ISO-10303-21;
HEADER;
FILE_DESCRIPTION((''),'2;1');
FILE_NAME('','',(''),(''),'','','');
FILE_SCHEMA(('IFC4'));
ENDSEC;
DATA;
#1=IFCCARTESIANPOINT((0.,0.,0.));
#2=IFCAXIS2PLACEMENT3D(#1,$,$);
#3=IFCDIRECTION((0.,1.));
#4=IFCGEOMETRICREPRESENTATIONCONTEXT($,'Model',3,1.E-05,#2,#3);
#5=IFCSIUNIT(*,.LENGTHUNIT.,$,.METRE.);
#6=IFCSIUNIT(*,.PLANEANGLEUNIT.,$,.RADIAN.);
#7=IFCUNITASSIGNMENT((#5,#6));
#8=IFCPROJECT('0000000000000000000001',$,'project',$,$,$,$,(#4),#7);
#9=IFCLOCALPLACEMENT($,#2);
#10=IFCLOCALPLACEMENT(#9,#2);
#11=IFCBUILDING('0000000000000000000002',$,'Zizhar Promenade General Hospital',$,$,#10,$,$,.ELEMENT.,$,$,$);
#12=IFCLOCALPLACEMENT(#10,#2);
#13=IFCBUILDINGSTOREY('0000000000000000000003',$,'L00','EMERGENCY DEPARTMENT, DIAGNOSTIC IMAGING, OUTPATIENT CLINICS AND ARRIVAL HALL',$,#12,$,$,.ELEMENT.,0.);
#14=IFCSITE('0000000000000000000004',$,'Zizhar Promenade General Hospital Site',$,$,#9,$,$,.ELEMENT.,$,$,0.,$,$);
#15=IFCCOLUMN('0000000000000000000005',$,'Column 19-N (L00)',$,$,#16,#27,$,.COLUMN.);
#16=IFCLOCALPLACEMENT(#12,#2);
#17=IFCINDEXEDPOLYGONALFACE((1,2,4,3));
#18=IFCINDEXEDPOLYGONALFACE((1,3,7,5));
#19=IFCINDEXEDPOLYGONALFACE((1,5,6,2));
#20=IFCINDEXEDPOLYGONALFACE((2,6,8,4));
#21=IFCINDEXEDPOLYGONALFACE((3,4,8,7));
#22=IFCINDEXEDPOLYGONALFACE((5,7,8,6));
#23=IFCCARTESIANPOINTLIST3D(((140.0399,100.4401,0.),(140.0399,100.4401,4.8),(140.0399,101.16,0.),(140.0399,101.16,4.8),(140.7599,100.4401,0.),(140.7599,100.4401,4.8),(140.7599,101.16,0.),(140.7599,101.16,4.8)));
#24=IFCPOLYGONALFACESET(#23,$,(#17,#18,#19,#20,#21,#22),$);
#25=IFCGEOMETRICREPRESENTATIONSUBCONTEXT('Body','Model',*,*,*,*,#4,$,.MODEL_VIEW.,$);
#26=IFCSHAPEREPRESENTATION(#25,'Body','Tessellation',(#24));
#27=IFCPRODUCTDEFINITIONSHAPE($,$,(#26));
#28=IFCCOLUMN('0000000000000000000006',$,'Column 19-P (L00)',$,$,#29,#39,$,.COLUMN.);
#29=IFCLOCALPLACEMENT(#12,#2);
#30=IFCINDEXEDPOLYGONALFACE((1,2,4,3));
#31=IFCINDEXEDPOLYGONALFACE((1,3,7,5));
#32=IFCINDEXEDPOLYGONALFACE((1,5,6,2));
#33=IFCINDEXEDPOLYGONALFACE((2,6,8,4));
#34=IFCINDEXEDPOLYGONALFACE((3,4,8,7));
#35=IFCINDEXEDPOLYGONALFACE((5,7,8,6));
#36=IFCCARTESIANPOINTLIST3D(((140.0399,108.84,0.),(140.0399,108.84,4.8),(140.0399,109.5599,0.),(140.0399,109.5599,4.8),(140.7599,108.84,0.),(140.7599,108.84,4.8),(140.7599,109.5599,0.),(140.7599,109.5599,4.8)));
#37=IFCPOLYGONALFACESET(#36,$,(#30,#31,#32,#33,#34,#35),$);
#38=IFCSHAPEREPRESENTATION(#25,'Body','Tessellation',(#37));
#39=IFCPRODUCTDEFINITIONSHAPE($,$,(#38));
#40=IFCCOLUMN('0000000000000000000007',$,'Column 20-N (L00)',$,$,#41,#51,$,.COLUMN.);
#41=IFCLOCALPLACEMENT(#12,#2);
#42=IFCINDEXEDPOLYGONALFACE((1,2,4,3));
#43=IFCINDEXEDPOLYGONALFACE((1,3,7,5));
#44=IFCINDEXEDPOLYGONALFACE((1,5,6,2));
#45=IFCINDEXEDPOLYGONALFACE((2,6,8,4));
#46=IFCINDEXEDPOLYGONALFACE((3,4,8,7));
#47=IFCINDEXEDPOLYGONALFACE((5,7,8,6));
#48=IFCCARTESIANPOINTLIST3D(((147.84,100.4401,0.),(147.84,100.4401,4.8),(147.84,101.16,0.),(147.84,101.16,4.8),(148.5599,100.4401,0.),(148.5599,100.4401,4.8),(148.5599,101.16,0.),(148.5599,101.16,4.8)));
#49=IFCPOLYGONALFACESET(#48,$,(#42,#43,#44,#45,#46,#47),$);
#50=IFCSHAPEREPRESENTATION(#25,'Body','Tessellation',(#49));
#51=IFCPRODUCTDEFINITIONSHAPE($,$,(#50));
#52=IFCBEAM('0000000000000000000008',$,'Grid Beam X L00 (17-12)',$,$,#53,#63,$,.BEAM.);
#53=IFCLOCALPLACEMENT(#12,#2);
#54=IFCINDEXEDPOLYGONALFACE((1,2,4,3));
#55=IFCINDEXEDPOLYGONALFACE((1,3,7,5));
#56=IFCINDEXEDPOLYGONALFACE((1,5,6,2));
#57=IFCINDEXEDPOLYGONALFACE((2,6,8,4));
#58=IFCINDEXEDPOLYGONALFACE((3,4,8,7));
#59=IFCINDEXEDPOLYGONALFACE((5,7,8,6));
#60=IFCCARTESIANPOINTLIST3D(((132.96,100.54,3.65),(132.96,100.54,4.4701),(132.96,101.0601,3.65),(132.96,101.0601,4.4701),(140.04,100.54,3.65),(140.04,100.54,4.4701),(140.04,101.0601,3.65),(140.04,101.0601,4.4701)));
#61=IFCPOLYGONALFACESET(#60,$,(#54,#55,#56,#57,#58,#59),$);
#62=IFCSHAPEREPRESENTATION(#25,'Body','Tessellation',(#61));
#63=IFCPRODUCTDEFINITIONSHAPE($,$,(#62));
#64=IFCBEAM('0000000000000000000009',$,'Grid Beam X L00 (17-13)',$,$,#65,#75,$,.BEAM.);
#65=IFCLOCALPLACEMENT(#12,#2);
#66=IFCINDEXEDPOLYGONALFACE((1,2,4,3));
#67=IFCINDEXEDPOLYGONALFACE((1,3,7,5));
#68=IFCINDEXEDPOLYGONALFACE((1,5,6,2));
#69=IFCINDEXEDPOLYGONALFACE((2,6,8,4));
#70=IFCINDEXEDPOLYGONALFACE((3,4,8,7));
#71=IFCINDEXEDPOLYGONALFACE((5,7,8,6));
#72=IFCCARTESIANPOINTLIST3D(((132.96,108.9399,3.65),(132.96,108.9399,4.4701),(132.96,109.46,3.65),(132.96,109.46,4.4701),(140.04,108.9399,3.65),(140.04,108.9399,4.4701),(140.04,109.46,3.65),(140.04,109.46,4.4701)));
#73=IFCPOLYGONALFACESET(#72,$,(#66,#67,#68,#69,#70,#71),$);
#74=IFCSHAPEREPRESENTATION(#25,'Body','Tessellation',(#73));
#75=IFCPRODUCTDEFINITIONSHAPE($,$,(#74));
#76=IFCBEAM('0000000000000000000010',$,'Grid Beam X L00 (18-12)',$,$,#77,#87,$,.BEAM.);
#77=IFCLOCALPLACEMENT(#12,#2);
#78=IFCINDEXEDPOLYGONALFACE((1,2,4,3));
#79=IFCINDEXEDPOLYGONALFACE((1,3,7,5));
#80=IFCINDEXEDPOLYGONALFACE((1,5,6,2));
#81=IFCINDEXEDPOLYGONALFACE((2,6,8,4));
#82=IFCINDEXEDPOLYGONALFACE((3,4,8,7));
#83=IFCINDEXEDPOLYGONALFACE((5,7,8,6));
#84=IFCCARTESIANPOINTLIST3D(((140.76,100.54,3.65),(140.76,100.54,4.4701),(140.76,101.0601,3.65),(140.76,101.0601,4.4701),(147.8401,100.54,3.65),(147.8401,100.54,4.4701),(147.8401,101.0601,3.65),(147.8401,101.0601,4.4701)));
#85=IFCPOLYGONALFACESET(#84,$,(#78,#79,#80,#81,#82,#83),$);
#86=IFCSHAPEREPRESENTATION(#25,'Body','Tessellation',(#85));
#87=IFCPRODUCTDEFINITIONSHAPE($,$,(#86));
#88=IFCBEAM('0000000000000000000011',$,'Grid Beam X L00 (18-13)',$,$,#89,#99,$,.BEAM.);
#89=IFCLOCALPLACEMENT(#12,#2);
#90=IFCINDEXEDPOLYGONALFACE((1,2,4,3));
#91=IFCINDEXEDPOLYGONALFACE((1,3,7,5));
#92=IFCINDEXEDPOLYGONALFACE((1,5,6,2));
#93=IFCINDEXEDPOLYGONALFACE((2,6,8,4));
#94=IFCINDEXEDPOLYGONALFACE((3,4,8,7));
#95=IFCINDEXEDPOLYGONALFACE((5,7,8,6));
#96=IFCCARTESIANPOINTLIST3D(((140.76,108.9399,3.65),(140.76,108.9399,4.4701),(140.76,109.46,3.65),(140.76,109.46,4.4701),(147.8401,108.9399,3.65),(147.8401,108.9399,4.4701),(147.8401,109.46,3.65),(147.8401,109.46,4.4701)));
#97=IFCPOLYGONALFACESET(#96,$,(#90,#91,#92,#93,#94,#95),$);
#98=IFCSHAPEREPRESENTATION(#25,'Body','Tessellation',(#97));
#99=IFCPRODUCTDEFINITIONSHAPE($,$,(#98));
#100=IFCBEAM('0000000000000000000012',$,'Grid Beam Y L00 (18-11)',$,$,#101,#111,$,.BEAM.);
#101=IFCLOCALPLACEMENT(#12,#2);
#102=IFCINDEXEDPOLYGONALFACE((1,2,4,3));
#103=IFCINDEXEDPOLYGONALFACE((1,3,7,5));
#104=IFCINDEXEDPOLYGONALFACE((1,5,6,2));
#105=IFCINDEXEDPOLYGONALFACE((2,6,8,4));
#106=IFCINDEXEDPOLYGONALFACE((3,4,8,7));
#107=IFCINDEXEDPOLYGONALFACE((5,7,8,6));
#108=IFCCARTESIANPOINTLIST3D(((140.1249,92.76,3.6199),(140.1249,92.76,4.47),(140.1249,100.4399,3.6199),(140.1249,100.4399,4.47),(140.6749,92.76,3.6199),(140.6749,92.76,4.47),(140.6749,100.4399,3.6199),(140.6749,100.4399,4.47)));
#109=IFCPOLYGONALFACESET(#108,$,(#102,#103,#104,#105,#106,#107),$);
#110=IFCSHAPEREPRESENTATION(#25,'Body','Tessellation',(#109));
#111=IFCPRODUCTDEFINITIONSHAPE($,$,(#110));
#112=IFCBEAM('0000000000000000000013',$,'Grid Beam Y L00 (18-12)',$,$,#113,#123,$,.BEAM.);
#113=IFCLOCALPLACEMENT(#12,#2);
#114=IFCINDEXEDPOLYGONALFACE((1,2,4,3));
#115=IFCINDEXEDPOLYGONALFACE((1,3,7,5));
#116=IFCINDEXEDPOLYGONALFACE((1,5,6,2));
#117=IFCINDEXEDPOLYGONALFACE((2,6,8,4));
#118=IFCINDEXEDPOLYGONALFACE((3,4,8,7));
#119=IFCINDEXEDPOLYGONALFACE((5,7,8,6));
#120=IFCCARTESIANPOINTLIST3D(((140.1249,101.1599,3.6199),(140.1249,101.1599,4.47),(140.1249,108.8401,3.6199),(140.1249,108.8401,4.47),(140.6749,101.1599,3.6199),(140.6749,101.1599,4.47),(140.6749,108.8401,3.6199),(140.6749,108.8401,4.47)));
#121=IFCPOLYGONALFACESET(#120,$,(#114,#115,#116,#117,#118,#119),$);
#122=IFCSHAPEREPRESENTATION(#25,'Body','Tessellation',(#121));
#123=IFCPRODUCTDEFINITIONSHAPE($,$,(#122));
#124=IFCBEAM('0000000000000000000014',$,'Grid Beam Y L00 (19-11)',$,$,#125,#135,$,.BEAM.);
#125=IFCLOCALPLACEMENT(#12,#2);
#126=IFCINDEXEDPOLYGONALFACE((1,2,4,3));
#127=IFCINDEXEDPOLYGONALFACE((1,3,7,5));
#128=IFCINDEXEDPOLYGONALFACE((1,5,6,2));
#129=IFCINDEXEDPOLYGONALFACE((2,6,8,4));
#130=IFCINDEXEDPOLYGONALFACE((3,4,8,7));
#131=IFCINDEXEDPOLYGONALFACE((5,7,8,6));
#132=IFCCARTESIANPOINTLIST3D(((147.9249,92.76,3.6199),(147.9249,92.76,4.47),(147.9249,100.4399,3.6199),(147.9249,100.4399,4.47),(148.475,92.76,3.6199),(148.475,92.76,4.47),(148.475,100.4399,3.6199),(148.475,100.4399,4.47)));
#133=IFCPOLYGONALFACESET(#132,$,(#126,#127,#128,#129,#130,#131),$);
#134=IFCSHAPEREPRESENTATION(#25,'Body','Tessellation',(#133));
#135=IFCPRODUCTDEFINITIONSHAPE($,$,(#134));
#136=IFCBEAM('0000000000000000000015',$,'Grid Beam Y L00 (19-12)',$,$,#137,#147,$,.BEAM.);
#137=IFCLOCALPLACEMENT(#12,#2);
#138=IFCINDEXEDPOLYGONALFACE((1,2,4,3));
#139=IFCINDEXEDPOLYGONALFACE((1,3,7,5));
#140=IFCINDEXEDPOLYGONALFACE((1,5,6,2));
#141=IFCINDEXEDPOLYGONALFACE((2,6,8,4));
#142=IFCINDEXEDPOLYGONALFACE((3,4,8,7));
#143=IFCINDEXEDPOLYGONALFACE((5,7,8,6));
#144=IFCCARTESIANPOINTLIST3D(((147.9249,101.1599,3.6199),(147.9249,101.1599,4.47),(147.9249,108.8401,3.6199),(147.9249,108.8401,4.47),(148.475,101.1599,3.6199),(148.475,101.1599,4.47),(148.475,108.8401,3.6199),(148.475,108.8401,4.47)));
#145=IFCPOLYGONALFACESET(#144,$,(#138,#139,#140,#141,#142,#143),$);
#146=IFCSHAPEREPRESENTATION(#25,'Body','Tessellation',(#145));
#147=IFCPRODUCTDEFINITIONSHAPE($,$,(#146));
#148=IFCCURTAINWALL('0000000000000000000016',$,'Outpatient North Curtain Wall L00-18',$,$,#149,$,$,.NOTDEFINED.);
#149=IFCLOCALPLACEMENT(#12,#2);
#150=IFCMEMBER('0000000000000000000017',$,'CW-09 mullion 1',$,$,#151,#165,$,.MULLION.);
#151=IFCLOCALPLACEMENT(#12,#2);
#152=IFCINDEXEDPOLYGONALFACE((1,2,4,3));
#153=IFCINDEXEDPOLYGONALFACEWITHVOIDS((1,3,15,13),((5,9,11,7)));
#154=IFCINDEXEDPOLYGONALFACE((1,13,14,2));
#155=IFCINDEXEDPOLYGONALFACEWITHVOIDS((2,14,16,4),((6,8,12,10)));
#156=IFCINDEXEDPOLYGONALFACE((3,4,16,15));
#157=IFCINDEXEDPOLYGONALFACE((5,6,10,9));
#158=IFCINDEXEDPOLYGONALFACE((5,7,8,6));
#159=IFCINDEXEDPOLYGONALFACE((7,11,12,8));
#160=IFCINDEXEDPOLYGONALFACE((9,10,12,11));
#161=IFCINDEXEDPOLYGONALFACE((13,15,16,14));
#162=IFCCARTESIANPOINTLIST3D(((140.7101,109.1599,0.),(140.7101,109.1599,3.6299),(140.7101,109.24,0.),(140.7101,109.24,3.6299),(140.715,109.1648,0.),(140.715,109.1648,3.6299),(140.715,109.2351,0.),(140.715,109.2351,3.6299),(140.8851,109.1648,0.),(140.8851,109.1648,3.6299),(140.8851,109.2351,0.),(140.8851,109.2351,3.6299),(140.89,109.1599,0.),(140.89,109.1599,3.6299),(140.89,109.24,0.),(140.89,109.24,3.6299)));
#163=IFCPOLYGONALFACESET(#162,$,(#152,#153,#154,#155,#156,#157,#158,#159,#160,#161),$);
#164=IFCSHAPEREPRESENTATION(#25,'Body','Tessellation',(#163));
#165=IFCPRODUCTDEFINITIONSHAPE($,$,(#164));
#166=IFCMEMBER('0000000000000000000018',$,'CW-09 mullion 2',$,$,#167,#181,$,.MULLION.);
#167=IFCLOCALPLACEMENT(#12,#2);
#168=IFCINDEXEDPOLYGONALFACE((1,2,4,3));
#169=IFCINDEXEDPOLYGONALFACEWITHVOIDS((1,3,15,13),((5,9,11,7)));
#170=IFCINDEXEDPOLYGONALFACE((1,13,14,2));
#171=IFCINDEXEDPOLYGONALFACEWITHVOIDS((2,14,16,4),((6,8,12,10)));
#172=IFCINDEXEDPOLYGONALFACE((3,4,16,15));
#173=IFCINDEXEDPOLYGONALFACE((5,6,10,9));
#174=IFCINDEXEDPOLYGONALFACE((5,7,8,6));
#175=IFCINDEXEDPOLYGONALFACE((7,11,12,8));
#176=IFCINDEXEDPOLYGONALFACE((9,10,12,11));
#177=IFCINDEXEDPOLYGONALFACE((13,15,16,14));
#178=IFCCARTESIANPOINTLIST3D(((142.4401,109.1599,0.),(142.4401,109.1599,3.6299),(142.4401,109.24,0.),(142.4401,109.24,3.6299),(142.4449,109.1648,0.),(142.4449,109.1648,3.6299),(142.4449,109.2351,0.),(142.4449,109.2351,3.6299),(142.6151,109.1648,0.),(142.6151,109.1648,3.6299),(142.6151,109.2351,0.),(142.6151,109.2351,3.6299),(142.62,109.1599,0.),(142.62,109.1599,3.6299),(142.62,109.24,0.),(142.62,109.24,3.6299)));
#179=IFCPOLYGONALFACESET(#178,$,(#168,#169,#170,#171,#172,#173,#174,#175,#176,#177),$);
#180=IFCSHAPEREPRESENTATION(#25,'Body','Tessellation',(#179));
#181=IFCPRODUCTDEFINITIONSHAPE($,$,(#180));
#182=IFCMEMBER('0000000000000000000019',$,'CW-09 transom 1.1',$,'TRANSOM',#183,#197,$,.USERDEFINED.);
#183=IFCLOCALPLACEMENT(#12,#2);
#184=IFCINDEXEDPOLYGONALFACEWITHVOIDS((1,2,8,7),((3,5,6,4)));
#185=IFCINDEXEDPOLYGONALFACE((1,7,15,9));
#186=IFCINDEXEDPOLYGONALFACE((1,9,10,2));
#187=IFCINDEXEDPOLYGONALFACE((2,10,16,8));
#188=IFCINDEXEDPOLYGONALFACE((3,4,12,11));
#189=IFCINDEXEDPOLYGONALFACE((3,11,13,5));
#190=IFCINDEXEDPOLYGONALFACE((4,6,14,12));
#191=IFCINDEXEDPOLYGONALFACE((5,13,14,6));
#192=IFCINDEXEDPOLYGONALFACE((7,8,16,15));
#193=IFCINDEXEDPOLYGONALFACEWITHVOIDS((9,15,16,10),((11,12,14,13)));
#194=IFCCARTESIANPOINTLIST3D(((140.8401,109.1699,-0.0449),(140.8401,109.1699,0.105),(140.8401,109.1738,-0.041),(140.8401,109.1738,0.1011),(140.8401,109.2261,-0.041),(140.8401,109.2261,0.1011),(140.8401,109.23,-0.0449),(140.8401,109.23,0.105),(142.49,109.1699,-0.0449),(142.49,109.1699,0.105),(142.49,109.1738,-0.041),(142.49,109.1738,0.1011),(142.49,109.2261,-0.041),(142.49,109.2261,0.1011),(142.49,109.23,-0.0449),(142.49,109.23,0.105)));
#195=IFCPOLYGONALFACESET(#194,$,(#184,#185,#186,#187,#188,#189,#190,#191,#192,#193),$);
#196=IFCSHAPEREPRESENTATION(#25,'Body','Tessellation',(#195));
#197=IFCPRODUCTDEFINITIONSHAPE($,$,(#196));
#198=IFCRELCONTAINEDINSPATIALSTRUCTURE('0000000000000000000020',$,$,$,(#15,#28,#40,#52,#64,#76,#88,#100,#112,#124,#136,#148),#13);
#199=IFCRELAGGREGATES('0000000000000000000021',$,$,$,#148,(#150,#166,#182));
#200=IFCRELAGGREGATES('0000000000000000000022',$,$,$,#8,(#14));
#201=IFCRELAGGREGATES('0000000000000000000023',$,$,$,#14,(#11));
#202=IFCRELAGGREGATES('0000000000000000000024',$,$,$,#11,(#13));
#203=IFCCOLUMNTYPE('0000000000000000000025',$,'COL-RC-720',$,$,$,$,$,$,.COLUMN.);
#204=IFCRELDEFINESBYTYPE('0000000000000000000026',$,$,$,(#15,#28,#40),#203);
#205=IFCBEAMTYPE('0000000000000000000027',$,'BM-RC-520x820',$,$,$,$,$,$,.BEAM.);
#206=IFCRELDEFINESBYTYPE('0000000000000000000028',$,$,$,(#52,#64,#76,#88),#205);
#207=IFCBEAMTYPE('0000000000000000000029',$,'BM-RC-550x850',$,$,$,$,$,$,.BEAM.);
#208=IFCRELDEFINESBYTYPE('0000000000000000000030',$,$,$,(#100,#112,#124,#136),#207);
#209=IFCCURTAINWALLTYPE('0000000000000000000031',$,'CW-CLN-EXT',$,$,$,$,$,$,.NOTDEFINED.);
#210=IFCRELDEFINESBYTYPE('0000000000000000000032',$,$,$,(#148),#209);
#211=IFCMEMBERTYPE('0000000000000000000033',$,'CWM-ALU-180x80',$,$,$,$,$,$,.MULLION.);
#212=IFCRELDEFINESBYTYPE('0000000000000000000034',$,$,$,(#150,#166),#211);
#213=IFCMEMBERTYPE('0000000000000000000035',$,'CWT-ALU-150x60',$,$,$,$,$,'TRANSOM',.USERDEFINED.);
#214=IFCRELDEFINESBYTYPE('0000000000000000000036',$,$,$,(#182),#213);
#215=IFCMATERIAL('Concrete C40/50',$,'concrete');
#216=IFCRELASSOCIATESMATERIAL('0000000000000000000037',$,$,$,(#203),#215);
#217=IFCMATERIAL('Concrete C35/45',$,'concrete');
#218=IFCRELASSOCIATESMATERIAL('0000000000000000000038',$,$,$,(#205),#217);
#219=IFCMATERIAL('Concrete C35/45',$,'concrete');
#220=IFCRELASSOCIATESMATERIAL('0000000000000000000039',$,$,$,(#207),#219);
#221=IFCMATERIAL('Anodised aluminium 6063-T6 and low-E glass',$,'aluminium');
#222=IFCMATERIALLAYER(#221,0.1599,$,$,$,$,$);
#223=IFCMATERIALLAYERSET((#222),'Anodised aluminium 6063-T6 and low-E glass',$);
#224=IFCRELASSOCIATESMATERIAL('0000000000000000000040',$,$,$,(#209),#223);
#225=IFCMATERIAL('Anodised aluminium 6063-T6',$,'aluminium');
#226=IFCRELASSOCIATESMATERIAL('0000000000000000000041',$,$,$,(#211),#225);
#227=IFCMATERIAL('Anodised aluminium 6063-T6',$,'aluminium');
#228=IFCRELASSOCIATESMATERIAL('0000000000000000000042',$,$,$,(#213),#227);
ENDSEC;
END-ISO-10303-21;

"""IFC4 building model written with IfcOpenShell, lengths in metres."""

from ifc_helpers import new_model, si_unit, direction, frame, origin, origin_2d, place, context, subcontext, project, spatial, rectangle, hollow_rectangle, extrude, material, layer, layer_set, material_profile, profile_set, type_object, element, aggregate, save


model = new_model("IFC4")

# Units and contexts
model_context = context("Model", 3, precision=1e-05, world=origin(), true_north=direction((0.0, 1.0)))
body_context = subcontext(model_context, "Body", "Model", "MODEL_VIEW")
ifc_project = project(units=[si_unit("LENGTHUNIT", "METRE"), si_unit("PLANEANGLEUNIT", "RADIAN")], contexts=[model_context])

# Site, building, storey
site_placement = place(None, origin())
site = spatial("IfcSite", under=ifc_project, at=site_placement, Name="Zizhar Promenade General Hospital Site", CompositionType="ELEMENT", RefElevation=0.0)
building_placement = place(site_placement, origin())
building = spatial("IfcBuilding", under=site, at=building_placement, Name="Zizhar Promenade General Hospital", CompositionType="ELEMENT")
storey_placement = place(building_placement, origin())
storey = spatial("IfcBuildingStorey", under=building, at=storey_placement, Name="L00", Description="EMERGENCY DEPARTMENT, DIAGNOSTIC IMAGING, OUTPATIENT CLINICS AND ARRIVAL HALL", CompositionType="ELEMENT", Elevation=0.0)

# Columns
ifc_material_1 = material(Name="Concrete C40/50", Category="concrete")
ifc_material_profile_1 = material_profile(ifc_material_1, rectangle(XDim=0.72, YDim=0.72, at=origin_2d()))
ifc_profile_set_1 = profile_set([ifc_material_profile_1], Name="Concrete C40/50")
column_type = type_object("IfcColumnType", Name="COL-RC-720", PredefinedType="COLUMN", material=ifc_profile_set_1)
for number, where, z_axis, x_axis, name in (
    (1, (140.3999, 100.8, 0.0), (0.0, 0.0, 1.0), (1.0, 0.0, 0.0), "Column 19-N (L00)"),
    (2, (140.3999, 109.2, 0.0), (0.0, 0.0, 1.0), (1.0, 0.0, 0.0), "Column 19-P (L00)"),
    (3, (148.2, 100.8, 0.0), (0.0, 0.0, 1.0), (1.0, 0.0, 0.0), "Column 20-N (L00)"),
):
    element("IfcColumn", number, at=place(storey_placement, frame(where, z_axis=z_axis, x_axis=x_axis)), inside=storey, type_object=column_type, Name=name, PredefinedType="COLUMN", context=body_context, shape_type="SweptSolid", body=[
        extrude(rectangle(XDim=0.72, YDim=0.72, at=origin_2d()), origin(), (0.0, 0.0, 1.0), 4.8),
    ])

# Beams
ifc_material_2 = material(Name="Concrete C35/45", Category="concrete")
ifc_material_profile_2 = material_profile(ifc_material_2, rectangle(XDim=0.52, YDim=0.8201, at=origin_2d()))
ifc_profile_set_2 = profile_set([ifc_material_profile_2], Name="Concrete C35/45")
beam_type_1 = type_object("IfcBeamType", Name="BM-RC-520x820", PredefinedType="BEAM", material=ifc_profile_set_2)
for number, where, z_axis, x_axis, name in (
    (4, (132.96, 100.8, 4.0601), (1.0, 0.0, 0.0), (0.0, 1.0, 0.0), "Grid Beam X L00 (17-12)"),
    (5, (132.96, 109.2, 4.0601), (1.0, 0.0, 0.0), (0.0, 1.0, 0.0), "Grid Beam X L00 (17-13)"),
    (6, (140.76, 100.8, 4.0601), (1.0, 0.0, 0.0), (0.0, 1.0, 0.0), "Grid Beam X L00 (18-12)"),
    (7, (140.76, 109.2, 4.0601), (1.0, 0.0, 0.0), (0.0, 1.0, 0.0), "Grid Beam X L00 (18-13)"),
):
    element("IfcBeam", number, at=place(storey_placement, frame(where, z_axis=z_axis, x_axis=x_axis)), inside=storey, type_object=beam_type_1, Name=name, PredefinedType="BEAM", context=body_context, shape_type="SweptSolid", body=[
        extrude(rectangle(XDim=0.52, YDim=0.8201, at=origin_2d()), origin(), (0.0, 0.0, 1.0), 7.0801),
    ])
ifc_material_3 = material(Name="Concrete C35/45", Category="concrete")
ifc_material_profile_3 = material_profile(ifc_material_3, rectangle(XDim=0.55, YDim=0.8501, at=origin_2d()))
ifc_profile_set_3 = profile_set([ifc_material_profile_3], Name="Concrete C35/45")
beam_type_2 = type_object("IfcBeamType", Name="BM-RC-550x850", PredefinedType="BEAM", material=ifc_profile_set_3)
beam_1_placement = place(storey_placement, frame((140.3999, 92.76, 4.0449), z_axis=(0.0, 1.0, 0.0), x_axis=(-1.0, 0.0, 0.0)))
element("IfcBeam", 8, at=beam_1_placement, inside=storey, type_object=beam_type_2, Name="Grid Beam Y L00 (18-11)", PredefinedType="BEAM", context=body_context, shape_type="SweptSolid", body=[
    extrude(rectangle(XDim=0.55, YDim=0.8501, at=origin_2d()), origin(), (0.0, 0.0, 1.0), 7.6799),
])
beam_2_placement = place(storey_placement, frame((140.3999, 101.1599, 4.0449), z_axis=(0.0, 1.0, 0.0), x_axis=(-1.0, 0.0, 0.0)))
element("IfcBeam", 9, at=beam_2_placement, inside=storey, type_object=beam_type_2, Name="Grid Beam Y L00 (18-12)", PredefinedType="BEAM", context=body_context, shape_type="SweptSolid", body=[
    extrude(rectangle(XDim=0.55, YDim=0.8501, at=origin_2d()), origin(), (0.0, 0.0, 1.0), 7.6802),
])
beam_3_placement = place(storey_placement, frame((148.2, 92.76, 4.0449), z_axis=(0.0, 1.0, 0.0), x_axis=(-1.0, 0.0, 0.0)))
element("IfcBeam", 10, at=beam_3_placement, inside=storey, type_object=beam_type_2, Name="Grid Beam Y L00 (19-11)", PredefinedType="BEAM", context=body_context, shape_type="SweptSolid", body=[
    extrude(rectangle(XDim=0.55, YDim=0.8501, at=origin_2d()), origin(), (0.0, 0.0, 1.0), 7.6799),
])
beam_4_placement = place(storey_placement, frame((148.2, 101.1599, 4.0449), z_axis=(0.0, 1.0, 0.0), x_axis=(-1.0, 0.0, 0.0)))
element("IfcBeam", 11, at=beam_4_placement, inside=storey, type_object=beam_type_2, Name="Grid Beam Y L00 (19-12)", PredefinedType="BEAM", context=body_context, shape_type="SweptSolid", body=[
    extrude(rectangle(XDim=0.55, YDim=0.8501, at=origin_2d()), origin(), (0.0, 0.0, 1.0), 7.6802),
])

# Curtain wall, members
ifc_material_4 = material(Name="Anodised aluminium 6063-T6 and low-E glass", Category="aluminium")
ifc_layer_1 = layer(ifc_material_4, 0.1599)
ifc_layer_set_1 = layer_set([ifc_layer_1], Name="Anodised aluminium 6063-T6 and low-E glass")
curtain_wall_type = type_object("IfcCurtainWallType", Name="CW-CLN-EXT", PredefinedType="NOTDEFINED", material=ifc_layer_set_1)
curtain_wall_placement = place(storey_placement, origin())
curtain_wall = element("IfcCurtainWall", 12, at=curtain_wall_placement, inside=storey, type_object=curtain_wall_type, Name="Outpatient North Curtain Wall L00-18", PredefinedType="NOTDEFINED")
ifc_material_5 = material(Name="Anodised aluminium 6063-T6", Category="aluminium")
ifc_material_profile_4 = material_profile(ifc_material_5, hollow_rectangle(XDim=0.0801, YDim=0.1799, WallThickness=0.0049, at=origin_2d()))
ifc_profile_set_4 = profile_set([ifc_material_profile_4], Name="Anodised aluminium 6063-T6")
member_type_1 = type_object("IfcMemberType", Name="CWM-ALU-180x80", PredefinedType="MULLION", material=ifc_profile_set_4)
member_1_placement = place(storey_placement, frame((140.8, 109.2, 0.0), z_axis=(0.0, 0.0, 1.0), x_axis=(0.0, 1.0, 0.0)))
member_1 = element("IfcMember", 13, at=member_1_placement, type_object=member_type_1, Name="CW-09 mullion 1", PredefinedType="MULLION", context=body_context, shape_type="SweptSolid", body=[
    extrude(hollow_rectangle(XDim=0.0801, YDim=0.1799, WallThickness=0.0049, at=origin_2d()), origin(), (0.0, 0.0, 1.0), 3.6299),
])
member_2_placement = place(storey_placement, frame((142.53, 109.2, 0.0), z_axis=(0.0, 0.0, 1.0), x_axis=(0.0, 1.0, 0.0)))
member_2 = element("IfcMember", 14, at=member_2_placement, type_object=member_type_1, Name="CW-09 mullion 2", PredefinedType="MULLION", context=body_context, shape_type="SweptSolid", body=[
    extrude(hollow_rectangle(XDim=0.0801, YDim=0.1799, WallThickness=0.0049, at=origin_2d()), origin(), (0.0, 0.0, 1.0), 3.6299),
])
ifc_material_6 = material(Name="Anodised aluminium 6063-T6", Category="aluminium")
ifc_material_profile_5 = material_profile(ifc_material_6, hollow_rectangle(XDim=0.0601, YDim=0.1499, WallThickness=0.0039, at=origin_2d()))
ifc_profile_set_5 = profile_set([ifc_material_profile_5], Name="Anodised aluminium 6063-T6")
member_type_2 = type_object("IfcMemberType", Name="CWT-ALU-150x60", ElementType="TRANSOM", PredefinedType="USERDEFINED", material=ifc_profile_set_5)
member_3_placement = place(storey_placement, frame((140.8401, 109.2, 0.03), z_axis=(1.0, 0.0, 0.0), x_axis=(0.0, 1.0, 0.0)))
member_3 = element("IfcMember", 15, at=member_3_placement, type_object=member_type_2, Name="CW-09 transom 1.1", ObjectType="TRANSOM", PredefinedType="USERDEFINED", context=body_context, shape_type="SweptSolid", body=[
    extrude(hollow_rectangle(XDim=0.0601, YDim=0.1499, WallThickness=0.0039, at=origin_2d()), origin(), (0.0, 0.0, 1.0), 1.6499),
])
aggregate(curtain_wall, [member_1, member_2, member_3])

save(model, "model.ifc")
